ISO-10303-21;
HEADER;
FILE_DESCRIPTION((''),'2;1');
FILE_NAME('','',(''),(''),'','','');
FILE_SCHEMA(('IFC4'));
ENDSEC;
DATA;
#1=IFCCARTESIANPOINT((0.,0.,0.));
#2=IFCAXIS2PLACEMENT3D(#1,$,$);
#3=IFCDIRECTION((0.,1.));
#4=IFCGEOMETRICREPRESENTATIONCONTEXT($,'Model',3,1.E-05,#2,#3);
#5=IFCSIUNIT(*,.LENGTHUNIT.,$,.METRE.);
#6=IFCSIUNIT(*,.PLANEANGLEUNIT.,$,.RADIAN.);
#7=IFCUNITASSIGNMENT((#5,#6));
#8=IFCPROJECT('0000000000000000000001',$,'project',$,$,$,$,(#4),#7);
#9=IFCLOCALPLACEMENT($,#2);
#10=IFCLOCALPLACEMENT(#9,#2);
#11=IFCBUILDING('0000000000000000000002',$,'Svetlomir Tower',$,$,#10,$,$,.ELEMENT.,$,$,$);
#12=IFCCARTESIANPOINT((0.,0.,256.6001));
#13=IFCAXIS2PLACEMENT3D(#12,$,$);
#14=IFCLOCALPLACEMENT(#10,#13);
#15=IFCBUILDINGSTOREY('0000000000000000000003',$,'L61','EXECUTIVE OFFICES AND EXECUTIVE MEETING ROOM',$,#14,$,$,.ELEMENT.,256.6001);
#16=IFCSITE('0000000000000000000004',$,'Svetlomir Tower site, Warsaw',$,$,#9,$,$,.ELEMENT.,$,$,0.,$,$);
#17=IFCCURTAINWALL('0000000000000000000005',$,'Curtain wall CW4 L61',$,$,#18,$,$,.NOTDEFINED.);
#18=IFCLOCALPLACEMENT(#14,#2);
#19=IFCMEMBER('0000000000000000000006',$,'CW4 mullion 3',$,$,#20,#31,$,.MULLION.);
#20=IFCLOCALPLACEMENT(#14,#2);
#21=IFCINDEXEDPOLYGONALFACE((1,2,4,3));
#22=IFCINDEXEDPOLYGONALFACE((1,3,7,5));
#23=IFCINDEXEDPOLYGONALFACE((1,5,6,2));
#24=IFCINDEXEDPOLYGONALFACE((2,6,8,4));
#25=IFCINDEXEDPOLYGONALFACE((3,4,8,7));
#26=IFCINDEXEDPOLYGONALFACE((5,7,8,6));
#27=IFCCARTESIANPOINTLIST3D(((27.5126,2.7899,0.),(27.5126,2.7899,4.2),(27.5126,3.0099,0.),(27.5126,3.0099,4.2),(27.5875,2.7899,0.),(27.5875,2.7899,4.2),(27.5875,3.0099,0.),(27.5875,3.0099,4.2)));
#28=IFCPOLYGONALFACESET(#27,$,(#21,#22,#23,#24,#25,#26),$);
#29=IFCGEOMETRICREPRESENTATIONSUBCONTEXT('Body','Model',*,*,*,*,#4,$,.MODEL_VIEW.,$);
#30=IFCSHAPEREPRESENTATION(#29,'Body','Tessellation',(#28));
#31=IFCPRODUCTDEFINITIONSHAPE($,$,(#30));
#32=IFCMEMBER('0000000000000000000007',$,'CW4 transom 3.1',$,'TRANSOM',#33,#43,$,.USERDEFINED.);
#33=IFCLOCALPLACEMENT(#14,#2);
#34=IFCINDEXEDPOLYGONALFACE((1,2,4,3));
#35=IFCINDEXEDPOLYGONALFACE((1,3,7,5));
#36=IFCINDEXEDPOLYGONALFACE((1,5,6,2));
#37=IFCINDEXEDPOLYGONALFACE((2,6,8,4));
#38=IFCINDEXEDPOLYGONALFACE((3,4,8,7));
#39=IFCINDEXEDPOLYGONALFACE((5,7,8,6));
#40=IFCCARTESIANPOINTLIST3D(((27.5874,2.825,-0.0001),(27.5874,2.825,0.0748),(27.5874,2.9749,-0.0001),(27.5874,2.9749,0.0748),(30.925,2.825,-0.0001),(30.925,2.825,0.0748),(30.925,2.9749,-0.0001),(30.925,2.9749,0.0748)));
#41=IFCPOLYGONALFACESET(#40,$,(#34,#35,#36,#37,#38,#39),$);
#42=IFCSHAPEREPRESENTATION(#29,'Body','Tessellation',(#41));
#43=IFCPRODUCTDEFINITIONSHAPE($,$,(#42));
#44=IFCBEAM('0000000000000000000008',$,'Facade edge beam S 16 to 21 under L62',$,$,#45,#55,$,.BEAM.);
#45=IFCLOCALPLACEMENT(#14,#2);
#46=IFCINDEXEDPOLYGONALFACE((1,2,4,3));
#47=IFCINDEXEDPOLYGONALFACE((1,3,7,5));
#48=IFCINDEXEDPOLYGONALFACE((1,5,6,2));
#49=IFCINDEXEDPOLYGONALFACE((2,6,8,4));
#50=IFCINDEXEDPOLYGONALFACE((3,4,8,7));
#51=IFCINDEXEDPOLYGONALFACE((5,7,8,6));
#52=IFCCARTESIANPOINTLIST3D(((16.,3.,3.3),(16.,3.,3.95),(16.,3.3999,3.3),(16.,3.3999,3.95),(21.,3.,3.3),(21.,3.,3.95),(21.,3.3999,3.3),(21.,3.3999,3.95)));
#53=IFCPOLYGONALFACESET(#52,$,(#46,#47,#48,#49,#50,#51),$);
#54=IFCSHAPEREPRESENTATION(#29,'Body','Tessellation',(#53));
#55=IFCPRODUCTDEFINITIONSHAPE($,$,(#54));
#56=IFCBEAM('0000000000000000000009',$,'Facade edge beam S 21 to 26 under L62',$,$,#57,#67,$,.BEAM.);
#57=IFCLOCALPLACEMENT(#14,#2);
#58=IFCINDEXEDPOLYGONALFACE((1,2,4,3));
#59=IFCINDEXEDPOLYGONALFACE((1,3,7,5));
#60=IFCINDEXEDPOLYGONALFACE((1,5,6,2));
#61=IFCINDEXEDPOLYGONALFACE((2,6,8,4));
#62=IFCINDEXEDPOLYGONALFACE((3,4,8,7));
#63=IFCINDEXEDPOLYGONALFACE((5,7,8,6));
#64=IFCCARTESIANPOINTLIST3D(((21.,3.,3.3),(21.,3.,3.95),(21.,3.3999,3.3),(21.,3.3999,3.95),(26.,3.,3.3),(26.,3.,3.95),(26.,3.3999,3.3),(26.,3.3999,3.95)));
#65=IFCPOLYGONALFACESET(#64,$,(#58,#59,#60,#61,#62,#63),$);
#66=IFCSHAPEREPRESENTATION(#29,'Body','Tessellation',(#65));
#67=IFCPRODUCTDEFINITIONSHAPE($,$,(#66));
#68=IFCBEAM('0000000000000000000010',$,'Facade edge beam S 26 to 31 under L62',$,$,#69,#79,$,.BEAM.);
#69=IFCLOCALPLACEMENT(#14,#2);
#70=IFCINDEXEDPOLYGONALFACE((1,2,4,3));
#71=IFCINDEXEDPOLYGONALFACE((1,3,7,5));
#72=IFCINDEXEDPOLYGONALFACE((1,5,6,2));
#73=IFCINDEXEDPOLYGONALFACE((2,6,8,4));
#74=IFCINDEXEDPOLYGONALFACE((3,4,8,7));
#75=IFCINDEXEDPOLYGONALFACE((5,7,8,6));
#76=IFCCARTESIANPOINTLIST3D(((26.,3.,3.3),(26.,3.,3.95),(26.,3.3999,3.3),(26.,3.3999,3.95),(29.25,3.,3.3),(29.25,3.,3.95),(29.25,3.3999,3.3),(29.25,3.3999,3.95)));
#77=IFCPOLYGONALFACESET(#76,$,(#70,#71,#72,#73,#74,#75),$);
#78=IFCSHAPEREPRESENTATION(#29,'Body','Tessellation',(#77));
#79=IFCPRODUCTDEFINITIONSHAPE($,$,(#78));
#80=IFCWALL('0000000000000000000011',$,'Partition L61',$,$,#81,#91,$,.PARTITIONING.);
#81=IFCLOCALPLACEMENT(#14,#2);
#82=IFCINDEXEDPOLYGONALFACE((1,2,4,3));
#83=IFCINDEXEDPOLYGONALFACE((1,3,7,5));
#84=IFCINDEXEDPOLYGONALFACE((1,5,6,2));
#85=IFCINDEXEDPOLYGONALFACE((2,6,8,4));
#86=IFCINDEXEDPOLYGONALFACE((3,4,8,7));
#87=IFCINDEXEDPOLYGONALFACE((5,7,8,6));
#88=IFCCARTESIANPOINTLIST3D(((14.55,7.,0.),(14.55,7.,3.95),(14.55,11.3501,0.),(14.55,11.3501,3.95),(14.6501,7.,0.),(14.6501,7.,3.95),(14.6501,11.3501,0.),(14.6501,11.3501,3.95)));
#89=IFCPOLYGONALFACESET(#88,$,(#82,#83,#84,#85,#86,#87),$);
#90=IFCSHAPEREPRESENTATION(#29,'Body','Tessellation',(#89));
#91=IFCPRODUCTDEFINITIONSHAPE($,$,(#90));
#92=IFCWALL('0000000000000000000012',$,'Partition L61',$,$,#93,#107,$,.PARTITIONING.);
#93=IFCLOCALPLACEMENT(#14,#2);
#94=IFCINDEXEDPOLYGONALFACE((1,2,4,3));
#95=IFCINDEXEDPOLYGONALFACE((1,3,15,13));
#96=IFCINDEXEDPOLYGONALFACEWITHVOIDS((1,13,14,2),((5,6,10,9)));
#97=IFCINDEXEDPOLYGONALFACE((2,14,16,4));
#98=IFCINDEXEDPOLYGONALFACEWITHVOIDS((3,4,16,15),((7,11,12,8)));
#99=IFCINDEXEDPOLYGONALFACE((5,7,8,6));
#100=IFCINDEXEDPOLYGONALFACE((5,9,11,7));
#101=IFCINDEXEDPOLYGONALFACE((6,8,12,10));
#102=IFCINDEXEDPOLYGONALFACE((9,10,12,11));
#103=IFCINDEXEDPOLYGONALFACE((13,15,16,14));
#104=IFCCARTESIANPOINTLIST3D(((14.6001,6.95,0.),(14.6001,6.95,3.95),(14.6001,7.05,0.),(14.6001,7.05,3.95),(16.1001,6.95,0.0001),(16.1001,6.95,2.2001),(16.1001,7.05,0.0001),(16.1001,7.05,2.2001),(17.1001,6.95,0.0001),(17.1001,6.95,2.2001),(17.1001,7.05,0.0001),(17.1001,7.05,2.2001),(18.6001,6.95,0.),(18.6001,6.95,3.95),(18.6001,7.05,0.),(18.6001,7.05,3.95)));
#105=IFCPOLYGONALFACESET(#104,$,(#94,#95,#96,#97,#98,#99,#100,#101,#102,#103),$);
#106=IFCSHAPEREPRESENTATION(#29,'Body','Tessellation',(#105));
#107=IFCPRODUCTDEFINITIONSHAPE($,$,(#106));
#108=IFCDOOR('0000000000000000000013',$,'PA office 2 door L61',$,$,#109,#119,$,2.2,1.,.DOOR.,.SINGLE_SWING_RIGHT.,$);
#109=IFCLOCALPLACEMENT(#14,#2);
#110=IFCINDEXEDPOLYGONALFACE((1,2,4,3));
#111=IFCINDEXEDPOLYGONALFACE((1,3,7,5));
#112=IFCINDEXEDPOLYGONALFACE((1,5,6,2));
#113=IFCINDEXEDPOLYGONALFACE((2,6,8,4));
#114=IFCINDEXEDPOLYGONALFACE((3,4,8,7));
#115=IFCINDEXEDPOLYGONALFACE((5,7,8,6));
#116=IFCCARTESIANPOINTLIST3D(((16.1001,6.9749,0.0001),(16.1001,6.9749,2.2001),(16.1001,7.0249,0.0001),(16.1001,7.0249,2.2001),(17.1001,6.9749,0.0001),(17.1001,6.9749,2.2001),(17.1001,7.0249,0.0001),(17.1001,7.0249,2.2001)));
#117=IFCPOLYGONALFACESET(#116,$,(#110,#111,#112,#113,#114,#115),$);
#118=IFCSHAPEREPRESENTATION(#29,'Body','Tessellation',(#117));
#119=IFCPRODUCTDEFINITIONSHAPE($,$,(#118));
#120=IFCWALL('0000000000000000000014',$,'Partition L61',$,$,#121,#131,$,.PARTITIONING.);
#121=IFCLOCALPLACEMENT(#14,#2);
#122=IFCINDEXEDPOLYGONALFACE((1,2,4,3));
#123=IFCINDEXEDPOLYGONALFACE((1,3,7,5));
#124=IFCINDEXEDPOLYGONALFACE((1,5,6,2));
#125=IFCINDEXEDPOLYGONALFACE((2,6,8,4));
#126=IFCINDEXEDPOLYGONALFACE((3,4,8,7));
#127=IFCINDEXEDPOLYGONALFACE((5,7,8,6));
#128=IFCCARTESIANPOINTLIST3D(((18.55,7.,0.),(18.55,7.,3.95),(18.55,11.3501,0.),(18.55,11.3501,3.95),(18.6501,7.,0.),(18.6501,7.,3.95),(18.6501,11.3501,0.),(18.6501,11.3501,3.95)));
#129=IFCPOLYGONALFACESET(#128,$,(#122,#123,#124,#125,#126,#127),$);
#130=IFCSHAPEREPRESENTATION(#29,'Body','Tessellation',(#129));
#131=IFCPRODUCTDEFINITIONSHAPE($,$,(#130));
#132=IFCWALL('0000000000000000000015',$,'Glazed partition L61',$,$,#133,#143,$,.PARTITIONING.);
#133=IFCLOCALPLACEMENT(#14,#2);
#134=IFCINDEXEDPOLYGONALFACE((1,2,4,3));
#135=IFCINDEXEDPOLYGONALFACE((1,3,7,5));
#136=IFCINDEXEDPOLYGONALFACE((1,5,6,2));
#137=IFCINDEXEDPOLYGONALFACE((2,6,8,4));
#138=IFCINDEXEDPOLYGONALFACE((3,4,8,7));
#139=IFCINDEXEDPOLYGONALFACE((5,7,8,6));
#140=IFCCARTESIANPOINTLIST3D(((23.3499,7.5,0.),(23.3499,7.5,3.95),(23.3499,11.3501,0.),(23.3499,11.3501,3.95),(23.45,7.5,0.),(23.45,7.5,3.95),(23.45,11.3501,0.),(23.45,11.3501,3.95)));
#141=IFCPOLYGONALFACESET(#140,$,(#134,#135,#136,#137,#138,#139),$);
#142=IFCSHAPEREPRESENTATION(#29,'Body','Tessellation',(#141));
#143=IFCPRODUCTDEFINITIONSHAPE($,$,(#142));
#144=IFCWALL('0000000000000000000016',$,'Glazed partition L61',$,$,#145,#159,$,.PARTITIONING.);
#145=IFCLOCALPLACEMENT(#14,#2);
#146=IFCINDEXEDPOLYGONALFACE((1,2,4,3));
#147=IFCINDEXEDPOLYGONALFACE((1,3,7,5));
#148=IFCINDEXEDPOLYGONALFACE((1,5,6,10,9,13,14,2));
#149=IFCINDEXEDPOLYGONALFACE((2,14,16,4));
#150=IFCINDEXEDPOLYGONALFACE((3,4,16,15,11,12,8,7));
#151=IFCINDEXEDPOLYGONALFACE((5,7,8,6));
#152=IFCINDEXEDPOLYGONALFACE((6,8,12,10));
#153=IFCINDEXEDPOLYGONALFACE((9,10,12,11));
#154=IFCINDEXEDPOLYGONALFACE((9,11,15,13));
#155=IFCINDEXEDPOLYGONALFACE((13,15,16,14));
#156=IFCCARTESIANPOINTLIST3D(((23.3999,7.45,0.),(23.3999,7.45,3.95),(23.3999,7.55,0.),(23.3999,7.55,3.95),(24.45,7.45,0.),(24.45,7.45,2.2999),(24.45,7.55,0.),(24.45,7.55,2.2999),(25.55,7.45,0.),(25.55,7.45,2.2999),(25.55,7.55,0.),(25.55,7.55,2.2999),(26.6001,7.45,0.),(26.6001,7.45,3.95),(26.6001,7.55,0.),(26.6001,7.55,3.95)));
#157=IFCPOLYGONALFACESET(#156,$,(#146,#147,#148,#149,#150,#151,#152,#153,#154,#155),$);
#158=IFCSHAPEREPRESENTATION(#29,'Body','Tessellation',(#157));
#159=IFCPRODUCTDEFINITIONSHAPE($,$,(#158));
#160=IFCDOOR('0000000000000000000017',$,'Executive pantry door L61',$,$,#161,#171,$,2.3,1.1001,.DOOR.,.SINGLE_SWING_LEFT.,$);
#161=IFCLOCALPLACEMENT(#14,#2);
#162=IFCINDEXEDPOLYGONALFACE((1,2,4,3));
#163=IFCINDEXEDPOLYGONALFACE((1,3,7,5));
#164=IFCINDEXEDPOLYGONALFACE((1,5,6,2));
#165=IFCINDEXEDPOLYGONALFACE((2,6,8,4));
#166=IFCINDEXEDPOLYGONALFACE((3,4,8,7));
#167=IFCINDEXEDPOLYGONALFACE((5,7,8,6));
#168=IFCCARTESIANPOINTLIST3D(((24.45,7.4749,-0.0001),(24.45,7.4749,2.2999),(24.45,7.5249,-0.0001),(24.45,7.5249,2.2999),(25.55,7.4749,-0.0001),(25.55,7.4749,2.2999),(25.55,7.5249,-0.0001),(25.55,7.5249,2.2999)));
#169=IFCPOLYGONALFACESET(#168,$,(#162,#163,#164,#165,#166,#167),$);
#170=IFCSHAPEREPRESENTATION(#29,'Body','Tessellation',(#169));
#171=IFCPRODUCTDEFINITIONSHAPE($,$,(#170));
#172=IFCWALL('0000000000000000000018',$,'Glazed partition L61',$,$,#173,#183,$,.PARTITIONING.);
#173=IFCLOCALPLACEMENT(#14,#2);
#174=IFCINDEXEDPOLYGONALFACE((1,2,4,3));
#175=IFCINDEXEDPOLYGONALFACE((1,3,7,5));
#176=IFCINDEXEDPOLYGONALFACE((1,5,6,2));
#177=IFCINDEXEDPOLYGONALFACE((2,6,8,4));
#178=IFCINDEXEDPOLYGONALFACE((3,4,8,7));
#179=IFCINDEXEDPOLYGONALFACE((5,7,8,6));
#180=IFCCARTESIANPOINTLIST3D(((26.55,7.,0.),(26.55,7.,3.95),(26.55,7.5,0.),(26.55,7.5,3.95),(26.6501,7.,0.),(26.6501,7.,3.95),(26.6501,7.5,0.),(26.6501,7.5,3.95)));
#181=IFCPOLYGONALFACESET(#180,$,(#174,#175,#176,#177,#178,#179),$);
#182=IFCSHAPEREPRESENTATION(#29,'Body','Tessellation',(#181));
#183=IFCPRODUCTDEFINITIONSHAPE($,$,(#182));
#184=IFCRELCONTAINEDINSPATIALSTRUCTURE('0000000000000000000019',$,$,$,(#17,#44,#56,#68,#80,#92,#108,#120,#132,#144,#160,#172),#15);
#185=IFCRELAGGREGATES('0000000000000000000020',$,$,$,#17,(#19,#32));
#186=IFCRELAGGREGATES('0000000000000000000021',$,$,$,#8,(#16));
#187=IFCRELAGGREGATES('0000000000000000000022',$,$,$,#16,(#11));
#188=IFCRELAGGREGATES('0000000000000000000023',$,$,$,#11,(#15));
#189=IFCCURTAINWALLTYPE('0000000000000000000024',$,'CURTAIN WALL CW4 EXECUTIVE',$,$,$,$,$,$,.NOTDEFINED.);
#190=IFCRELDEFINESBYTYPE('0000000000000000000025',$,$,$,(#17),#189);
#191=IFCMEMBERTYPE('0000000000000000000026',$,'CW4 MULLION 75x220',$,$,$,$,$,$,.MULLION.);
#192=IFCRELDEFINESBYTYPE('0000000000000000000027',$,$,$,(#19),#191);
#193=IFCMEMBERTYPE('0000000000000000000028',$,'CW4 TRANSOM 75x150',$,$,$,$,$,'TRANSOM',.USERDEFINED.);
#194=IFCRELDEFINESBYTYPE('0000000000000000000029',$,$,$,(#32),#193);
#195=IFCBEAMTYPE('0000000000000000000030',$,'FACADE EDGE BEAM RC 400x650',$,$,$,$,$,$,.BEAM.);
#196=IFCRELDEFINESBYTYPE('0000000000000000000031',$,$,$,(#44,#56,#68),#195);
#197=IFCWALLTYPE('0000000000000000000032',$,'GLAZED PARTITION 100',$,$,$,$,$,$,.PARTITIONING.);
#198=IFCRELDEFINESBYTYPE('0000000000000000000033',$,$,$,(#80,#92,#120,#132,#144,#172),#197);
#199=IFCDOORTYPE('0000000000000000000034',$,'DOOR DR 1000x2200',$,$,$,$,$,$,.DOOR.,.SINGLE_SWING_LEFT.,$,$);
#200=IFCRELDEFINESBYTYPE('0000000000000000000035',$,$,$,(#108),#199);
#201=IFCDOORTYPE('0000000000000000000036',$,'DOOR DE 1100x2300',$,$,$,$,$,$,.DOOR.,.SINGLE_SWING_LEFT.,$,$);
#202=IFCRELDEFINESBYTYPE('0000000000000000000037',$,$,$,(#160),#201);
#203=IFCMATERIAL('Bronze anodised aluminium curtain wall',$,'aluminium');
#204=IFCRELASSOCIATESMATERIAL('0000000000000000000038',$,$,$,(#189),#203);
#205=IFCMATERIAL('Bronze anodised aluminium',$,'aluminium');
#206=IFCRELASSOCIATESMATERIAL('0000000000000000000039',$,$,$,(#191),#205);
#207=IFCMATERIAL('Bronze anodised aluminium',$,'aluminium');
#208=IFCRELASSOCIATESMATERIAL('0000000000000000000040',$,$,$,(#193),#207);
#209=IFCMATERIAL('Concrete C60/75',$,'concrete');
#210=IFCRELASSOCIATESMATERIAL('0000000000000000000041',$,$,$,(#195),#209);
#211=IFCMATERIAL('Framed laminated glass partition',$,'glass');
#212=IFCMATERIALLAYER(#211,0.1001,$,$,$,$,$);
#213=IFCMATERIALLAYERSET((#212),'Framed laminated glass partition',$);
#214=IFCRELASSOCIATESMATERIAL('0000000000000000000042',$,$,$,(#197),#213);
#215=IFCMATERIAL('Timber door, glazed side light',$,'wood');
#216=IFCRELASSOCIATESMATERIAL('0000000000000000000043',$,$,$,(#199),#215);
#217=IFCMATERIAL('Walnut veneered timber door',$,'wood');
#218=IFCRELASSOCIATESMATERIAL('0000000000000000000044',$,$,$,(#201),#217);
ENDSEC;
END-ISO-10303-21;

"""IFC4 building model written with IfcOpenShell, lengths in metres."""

from ifc_helpers import new_model, si_unit, direction, frame, frame_2d, origin, origin_2d, place, context, subcontext, project, spatial, rectangle, extrude, material, layer, layer_set, material_profile, profile_set, type_object, element, fill, aggregate, save


model = new_model("IFC4")

# Units and contexts
model_context = context("Model", 3, precision=1e-05, world=origin(), true_north=direction((0.0, 1.0)))
body_context = subcontext(model_context, "Body", "Model", "MODEL_VIEW")
ifc_project = project(units=[si_unit("LENGTHUNIT", "METRE"), si_unit("PLANEANGLEUNIT", "RADIAN")], contexts=[model_context])

# Site, building, storey
site_placement = place(None, origin())
site = spatial("IfcSite", under=ifc_project, at=site_placement, Name="Svetlomir Tower site, Warsaw", CompositionType="ELEMENT", RefElevation=0.0)
building_placement = place(site_placement, origin())
building = spatial("IfcBuilding", under=site, at=building_placement, Name="Svetlomir Tower", CompositionType="ELEMENT")
storey_placement = place(building_placement, frame((0.0, 0.0, 256.6001)))
storey = spatial("IfcBuildingStorey", under=building, at=storey_placement, Name="L61", Description="EXECUTIVE OFFICES AND EXECUTIVE MEETING ROOM", CompositionType="ELEMENT", Elevation=256.6001)

# Curtain wall, members
ifc_material_1 = material(Name="Bronze anodised aluminium curtain wall", Category="aluminium")
curtain_wall_type = type_object("IfcCurtainWallType", Name="CURTAIN WALL CW4 EXECUTIVE", PredefinedType="NOTDEFINED", material=ifc_material_1)
curtain_wall_placement = place(storey_placement, origin())
curtain_wall = element("IfcCurtainWall", 1, at=curtain_wall_placement, inside=storey, type_object=curtain_wall_type, Name="Curtain wall CW4 L61", PredefinedType="NOTDEFINED")
ifc_material_2 = material(Name="Bronze anodised aluminium", Category="aluminium")
ifc_material_profile_1 = material_profile(ifc_material_2, rectangle(XDim=0.075, YDim=0.22, at=origin_2d()), Name="AL 75x220")
ifc_profile_set_1 = profile_set([ifc_material_profile_1], Name="Bronze anodised aluminium 6063-T6")
member_type_1 = type_object("IfcMemberType", Name="CW4 MULLION 75x220", PredefinedType="MULLION", material=ifc_profile_set_1)
member_1_placement = place(storey_placement, frame((27.55, 2.8999, 0.0), z_axis=(0.0, 0.0, 1.0), x_axis=(1.0, 0.0, 0.0)))
member_1 = element("IfcMember", 2, at=member_1_placement, type_object=member_type_1, Name="CW4 mullion 3", PredefinedType="MULLION", context=body_context, shape_type="SweptSolid", body=[
    extrude(rectangle(XDim=0.075, YDim=0.22, at=origin_2d()), origin(), (0.0, 0.0, 1.0), 4.2),
])
ifc_material_3 = material(Name="Bronze anodised aluminium", Category="aluminium")
ifc_material_profile_2 = material_profile(ifc_material_3, rectangle(XDim=0.1499, YDim=0.075, at=origin_2d()), Name="AL 150x75")
ifc_profile_set_2 = profile_set([ifc_material_profile_2], Name="Bronze anodised aluminium 6063-T6")
member_type_2 = type_object("IfcMemberType", Name="CW4 TRANSOM 75x150", ElementType="TRANSOM", PredefinedType="USERDEFINED", material=ifc_profile_set_2)
member_2_placement = place(storey_placement, frame((27.5874, 2.8999, 0.0374), z_axis=(1.0, 0.0, 0.0), x_axis=(0.0, 1.0, 0.0)))
member_2 = element("IfcMember", 3, at=member_2_placement, type_object=member_type_2, Name="CW4 transom 3.1", ObjectType="TRANSOM", PredefinedType="USERDEFINED", context=body_context, shape_type="SweptSolid", body=[
    extrude(rectangle(XDim=0.1499, YDim=0.075, at=origin_2d()), origin(), (0.0, 0.0, 1.0), 3.3376),
])
aggregate(curtain_wall, [member_1, member_2])

# Beams
ifc_material_4 = material(Name="Concrete C60/75", Category="concrete")
ifc_material_profile_3 = material_profile(ifc_material_4, rectangle(XDim=0.3999, YDim=0.6499, at=origin_2d()), Name="RC 400x650")
ifc_profile_set_3 = profile_set([ifc_material_profile_3], Name="Concrete C60/75")
beam_type = type_object("IfcBeamType", Name="FACADE EDGE BEAM RC 400x650", PredefinedType="BEAM", material=ifc_profile_set_3)
for number, where, z_axis, x_axis, name in (
    (4, (16.0, 3.2, 3.625), (1.0, 0.0, 0.0), (0.0, 1.0, 0.0), "Facade edge beam S 16 to 21 under L62"),
    (5, (21.0, 3.2, 3.625), (1.0, 0.0, 0.0), (0.0, 1.0, 0.0), "Facade edge beam S 21 to 26 under L62"),
):
    element("IfcBeam", number, at=place(storey_placement, frame(where, z_axis=z_axis, x_axis=x_axis)), inside=storey, type_object=beam_type, Name=name, PredefinedType="BEAM", context=body_context, shape_type="SweptSolid", body=[
        extrude(rectangle(XDim=0.3999, YDim=0.6499, at=origin_2d()), origin(), (0.0, 0.0, 1.0), 5.0),
    ])
beam_placement = place(storey_placement, frame((26.0, 3.2, 3.625), z_axis=(1.0, 0.0, 0.0), x_axis=(0.0, 1.0, 0.0)))
element("IfcBeam", 6, at=beam_placement, inside=storey, type_object=beam_type, Name="Facade edge beam S 26 to 31 under L62", PredefinedType="BEAM", context=body_context, shape_type="SweptSolid", body=[
    extrude(rectangle(XDim=0.3999, YDim=0.6499, at=origin_2d()), origin(), (0.0, 0.0, 1.0), 3.25),
])

# Wall
ifc_material_5 = material(Name="Framed laminated glass partition", Category="glass")
ifc_layer = layer(ifc_material_5, 0.1001)
ifc_layer_set = layer_set([ifc_layer], Name="Framed laminated glass partition")
wall_type = type_object("IfcWallType", Name="GLAZED PARTITION 100", PredefinedType="PARTITIONING", material=ifc_layer_set)
wall_1_placement = place(storey_placement, frame((14.6001, 7.0, 0.0), z_axis=(0.0, 0.0, 1.0), x_axis=(0.0, 1.0, 0.0)))
element("IfcWall", 7, at=wall_1_placement, inside=storey, type_object=wall_type, Name="Partition L61", PredefinedType="PARTITIONING", context=body_context, shape_type="SweptSolid", body=[
    extrude(rectangle(XDim=4.3501, YDim=0.1001, at=frame_2d((2.175, 0.0))), origin(), (0.0, 0.0, 1.0), 3.95),
])

# Wall, opening, door
wall_2_placement = place(storey_placement, frame((14.6001, 7.0, 0.0), z_axis=(0.0, 0.0, 1.0), x_axis=(1.0, 0.0, 0.0)))
wall_2 = element("IfcWall", 8, at=wall_2_placement, inside=storey, type_object=wall_type, Name="Partition L61", PredefinedType="PARTITIONING", context=body_context, shape_type="SweptSolid", body=[
    extrude(rectangle(XDim=4.0, YDim=0.1001, at=frame_2d((2.0, 0.0))), origin(), (0.0, 0.0, 1.0), 3.95),
])
opening_1_placement = place(wall_2_placement, frame((1.5, 0.0, 0.0)))
opening_1 = element("IfcOpeningElement", 9, at=opening_1_placement, cuts=wall_2, PredefinedType="OPENING", context=body_context, shape_type="SweptSolid", body=[
    extrude(rectangle(XDim=1.0, YDim=2.2, at=frame_2d((0.5, 1.1001))), frame((0.0, 0.0601, 0.0), z_axis=(0.0, -1.0, 0.0), x_axis=(1.0, 0.0, 0.0)), (0.0, 0.0, 1.0), 0.1201),
])
ifc_material_6 = material(Name="Timber door, glazed side light", Category="wood")
door_type_1 = type_object("IfcDoorType", Name="DOOR DR 1000x2200", OperationType="SINGLE_SWING_LEFT", PredefinedType="DOOR", material=ifc_material_6)
door_1_placement = place(opening_1_placement, origin())
door_1 = element("IfcDoor", 10, at=door_1_placement, inside=storey, type_object=door_type_1, Name="PA office 2 door L61", OperationType="SINGLE_SWING_RIGHT", OverallHeight=2.2, OverallWidth=1.0, PredefinedType="DOOR", context=body_context, shape_type="SweptSolid", body=[
    extrude(rectangle(XDim=1.0, YDim=2.2, at=frame_2d((0.5, 1.1001))), frame((0.0, 0.0249, 0.0), z_axis=(0.0, -1.0, 0.0), x_axis=(1.0, 0.0, 0.0)), (0.0, 0.0, 1.0), 0.05),
])
fill(opening_1, door_1)

# Walls
wall_3_placement = place(storey_placement, frame((18.6001, 7.0, 0.0), z_axis=(0.0, 0.0, 1.0), x_axis=(0.0, 1.0, 0.0)))
element("IfcWall", 11, at=wall_3_placement, inside=storey, type_object=wall_type, Name="Partition L61", PredefinedType="PARTITIONING", context=body_context, shape_type="SweptSolid", body=[
    extrude(rectangle(XDim=4.3501, YDim=0.1001, at=frame_2d((2.175, 0.0))), origin(), (0.0, 0.0, 1.0), 3.95),
])
wall_4_placement = place(storey_placement, frame((23.3999, 7.5, 0.0), z_axis=(0.0, 0.0, 1.0), x_axis=(0.0, 1.0, 0.0)))
element("IfcWall", 12, at=wall_4_placement, inside=storey, type_object=wall_type, Name="Glazed partition L61", PredefinedType="PARTITIONING", context=body_context, shape_type="SweptSolid", body=[
    extrude(rectangle(XDim=3.8501, YDim=0.1001, at=frame_2d((1.925, 0.0))), origin(), (0.0, 0.0, 1.0), 3.95),
])

# Wall, opening, door
wall_5_placement = place(storey_placement, frame((23.3999, 7.5, 0.0), z_axis=(0.0, 0.0, 1.0), x_axis=(1.0, 0.0, 0.0)))
wall_5 = element("IfcWall", 13, at=wall_5_placement, inside=storey, type_object=wall_type, Name="Glazed partition L61", PredefinedType="PARTITIONING", context=body_context, shape_type="SweptSolid", body=[
    extrude(rectangle(XDim=3.2002, YDim=0.1001, at=frame_2d((1.6001, 0.0))), origin(), (0.0, 0.0, 1.0), 3.95),
])
opening_2_placement = place(wall_5_placement, frame((1.05, 0.0, 0.0)))
opening_2 = element("IfcOpeningElement", 14, at=opening_2_placement, cuts=wall_5, PredefinedType="OPENING", context=body_context, shape_type="SweptSolid", body=[
    extrude(rectangle(XDim=1.1001, YDim=2.3, at=frame_2d((0.55, 1.1499))), frame((0.0, 0.0601, 0.0), z_axis=(0.0, -1.0, 0.0), x_axis=(1.0, 0.0, 0.0)), (0.0, 0.0, 1.0), 0.1201),
])
ifc_material_7 = material(Name="Walnut veneered timber door", Category="wood")
door_type_2 = type_object("IfcDoorType", Name="DOOR DE 1100x2300", OperationType="SINGLE_SWING_LEFT", PredefinedType="DOOR", material=ifc_material_7)
door_2_placement = place(opening_2_placement, origin())
door_2 = element("IfcDoor", 15, at=door_2_placement, inside=storey, type_object=door_type_2, Name="Executive pantry door L61", OperationType="SINGLE_SWING_LEFT", OverallHeight=2.3, OverallWidth=1.1001, PredefinedType="DOOR", context=body_context, shape_type="SweptSolid", body=[
    extrude(rectangle(XDim=1.1001, YDim=2.3, at=frame_2d((0.55, 1.1499))), frame((0.0, 0.0249, 0.0), z_axis=(0.0, -1.0, 0.0), x_axis=(1.0, 0.0, 0.0)), (0.0, 0.0, 1.0), 0.05),
])
fill(opening_2, door_2)

# Wall
wall_6_placement = place(storey_placement, frame((26.6001, 7.0, 0.0), z_axis=(0.0, 0.0, 1.0), x_axis=(0.0, 1.0, 0.0)))
element("IfcWall", 16, at=wall_6_placement, inside=storey, type_object=wall_type, Name="Glazed partition L61", PredefinedType="PARTITIONING", context=body_context, shape_type="SweptSolid", body=[
    extrude(rectangle(XDim=0.5, YDim=0.1001, at=frame_2d((0.25, 0.0))), origin(), (0.0, 0.0, 1.0), 3.95),
])

save(model, "model.ifc")
